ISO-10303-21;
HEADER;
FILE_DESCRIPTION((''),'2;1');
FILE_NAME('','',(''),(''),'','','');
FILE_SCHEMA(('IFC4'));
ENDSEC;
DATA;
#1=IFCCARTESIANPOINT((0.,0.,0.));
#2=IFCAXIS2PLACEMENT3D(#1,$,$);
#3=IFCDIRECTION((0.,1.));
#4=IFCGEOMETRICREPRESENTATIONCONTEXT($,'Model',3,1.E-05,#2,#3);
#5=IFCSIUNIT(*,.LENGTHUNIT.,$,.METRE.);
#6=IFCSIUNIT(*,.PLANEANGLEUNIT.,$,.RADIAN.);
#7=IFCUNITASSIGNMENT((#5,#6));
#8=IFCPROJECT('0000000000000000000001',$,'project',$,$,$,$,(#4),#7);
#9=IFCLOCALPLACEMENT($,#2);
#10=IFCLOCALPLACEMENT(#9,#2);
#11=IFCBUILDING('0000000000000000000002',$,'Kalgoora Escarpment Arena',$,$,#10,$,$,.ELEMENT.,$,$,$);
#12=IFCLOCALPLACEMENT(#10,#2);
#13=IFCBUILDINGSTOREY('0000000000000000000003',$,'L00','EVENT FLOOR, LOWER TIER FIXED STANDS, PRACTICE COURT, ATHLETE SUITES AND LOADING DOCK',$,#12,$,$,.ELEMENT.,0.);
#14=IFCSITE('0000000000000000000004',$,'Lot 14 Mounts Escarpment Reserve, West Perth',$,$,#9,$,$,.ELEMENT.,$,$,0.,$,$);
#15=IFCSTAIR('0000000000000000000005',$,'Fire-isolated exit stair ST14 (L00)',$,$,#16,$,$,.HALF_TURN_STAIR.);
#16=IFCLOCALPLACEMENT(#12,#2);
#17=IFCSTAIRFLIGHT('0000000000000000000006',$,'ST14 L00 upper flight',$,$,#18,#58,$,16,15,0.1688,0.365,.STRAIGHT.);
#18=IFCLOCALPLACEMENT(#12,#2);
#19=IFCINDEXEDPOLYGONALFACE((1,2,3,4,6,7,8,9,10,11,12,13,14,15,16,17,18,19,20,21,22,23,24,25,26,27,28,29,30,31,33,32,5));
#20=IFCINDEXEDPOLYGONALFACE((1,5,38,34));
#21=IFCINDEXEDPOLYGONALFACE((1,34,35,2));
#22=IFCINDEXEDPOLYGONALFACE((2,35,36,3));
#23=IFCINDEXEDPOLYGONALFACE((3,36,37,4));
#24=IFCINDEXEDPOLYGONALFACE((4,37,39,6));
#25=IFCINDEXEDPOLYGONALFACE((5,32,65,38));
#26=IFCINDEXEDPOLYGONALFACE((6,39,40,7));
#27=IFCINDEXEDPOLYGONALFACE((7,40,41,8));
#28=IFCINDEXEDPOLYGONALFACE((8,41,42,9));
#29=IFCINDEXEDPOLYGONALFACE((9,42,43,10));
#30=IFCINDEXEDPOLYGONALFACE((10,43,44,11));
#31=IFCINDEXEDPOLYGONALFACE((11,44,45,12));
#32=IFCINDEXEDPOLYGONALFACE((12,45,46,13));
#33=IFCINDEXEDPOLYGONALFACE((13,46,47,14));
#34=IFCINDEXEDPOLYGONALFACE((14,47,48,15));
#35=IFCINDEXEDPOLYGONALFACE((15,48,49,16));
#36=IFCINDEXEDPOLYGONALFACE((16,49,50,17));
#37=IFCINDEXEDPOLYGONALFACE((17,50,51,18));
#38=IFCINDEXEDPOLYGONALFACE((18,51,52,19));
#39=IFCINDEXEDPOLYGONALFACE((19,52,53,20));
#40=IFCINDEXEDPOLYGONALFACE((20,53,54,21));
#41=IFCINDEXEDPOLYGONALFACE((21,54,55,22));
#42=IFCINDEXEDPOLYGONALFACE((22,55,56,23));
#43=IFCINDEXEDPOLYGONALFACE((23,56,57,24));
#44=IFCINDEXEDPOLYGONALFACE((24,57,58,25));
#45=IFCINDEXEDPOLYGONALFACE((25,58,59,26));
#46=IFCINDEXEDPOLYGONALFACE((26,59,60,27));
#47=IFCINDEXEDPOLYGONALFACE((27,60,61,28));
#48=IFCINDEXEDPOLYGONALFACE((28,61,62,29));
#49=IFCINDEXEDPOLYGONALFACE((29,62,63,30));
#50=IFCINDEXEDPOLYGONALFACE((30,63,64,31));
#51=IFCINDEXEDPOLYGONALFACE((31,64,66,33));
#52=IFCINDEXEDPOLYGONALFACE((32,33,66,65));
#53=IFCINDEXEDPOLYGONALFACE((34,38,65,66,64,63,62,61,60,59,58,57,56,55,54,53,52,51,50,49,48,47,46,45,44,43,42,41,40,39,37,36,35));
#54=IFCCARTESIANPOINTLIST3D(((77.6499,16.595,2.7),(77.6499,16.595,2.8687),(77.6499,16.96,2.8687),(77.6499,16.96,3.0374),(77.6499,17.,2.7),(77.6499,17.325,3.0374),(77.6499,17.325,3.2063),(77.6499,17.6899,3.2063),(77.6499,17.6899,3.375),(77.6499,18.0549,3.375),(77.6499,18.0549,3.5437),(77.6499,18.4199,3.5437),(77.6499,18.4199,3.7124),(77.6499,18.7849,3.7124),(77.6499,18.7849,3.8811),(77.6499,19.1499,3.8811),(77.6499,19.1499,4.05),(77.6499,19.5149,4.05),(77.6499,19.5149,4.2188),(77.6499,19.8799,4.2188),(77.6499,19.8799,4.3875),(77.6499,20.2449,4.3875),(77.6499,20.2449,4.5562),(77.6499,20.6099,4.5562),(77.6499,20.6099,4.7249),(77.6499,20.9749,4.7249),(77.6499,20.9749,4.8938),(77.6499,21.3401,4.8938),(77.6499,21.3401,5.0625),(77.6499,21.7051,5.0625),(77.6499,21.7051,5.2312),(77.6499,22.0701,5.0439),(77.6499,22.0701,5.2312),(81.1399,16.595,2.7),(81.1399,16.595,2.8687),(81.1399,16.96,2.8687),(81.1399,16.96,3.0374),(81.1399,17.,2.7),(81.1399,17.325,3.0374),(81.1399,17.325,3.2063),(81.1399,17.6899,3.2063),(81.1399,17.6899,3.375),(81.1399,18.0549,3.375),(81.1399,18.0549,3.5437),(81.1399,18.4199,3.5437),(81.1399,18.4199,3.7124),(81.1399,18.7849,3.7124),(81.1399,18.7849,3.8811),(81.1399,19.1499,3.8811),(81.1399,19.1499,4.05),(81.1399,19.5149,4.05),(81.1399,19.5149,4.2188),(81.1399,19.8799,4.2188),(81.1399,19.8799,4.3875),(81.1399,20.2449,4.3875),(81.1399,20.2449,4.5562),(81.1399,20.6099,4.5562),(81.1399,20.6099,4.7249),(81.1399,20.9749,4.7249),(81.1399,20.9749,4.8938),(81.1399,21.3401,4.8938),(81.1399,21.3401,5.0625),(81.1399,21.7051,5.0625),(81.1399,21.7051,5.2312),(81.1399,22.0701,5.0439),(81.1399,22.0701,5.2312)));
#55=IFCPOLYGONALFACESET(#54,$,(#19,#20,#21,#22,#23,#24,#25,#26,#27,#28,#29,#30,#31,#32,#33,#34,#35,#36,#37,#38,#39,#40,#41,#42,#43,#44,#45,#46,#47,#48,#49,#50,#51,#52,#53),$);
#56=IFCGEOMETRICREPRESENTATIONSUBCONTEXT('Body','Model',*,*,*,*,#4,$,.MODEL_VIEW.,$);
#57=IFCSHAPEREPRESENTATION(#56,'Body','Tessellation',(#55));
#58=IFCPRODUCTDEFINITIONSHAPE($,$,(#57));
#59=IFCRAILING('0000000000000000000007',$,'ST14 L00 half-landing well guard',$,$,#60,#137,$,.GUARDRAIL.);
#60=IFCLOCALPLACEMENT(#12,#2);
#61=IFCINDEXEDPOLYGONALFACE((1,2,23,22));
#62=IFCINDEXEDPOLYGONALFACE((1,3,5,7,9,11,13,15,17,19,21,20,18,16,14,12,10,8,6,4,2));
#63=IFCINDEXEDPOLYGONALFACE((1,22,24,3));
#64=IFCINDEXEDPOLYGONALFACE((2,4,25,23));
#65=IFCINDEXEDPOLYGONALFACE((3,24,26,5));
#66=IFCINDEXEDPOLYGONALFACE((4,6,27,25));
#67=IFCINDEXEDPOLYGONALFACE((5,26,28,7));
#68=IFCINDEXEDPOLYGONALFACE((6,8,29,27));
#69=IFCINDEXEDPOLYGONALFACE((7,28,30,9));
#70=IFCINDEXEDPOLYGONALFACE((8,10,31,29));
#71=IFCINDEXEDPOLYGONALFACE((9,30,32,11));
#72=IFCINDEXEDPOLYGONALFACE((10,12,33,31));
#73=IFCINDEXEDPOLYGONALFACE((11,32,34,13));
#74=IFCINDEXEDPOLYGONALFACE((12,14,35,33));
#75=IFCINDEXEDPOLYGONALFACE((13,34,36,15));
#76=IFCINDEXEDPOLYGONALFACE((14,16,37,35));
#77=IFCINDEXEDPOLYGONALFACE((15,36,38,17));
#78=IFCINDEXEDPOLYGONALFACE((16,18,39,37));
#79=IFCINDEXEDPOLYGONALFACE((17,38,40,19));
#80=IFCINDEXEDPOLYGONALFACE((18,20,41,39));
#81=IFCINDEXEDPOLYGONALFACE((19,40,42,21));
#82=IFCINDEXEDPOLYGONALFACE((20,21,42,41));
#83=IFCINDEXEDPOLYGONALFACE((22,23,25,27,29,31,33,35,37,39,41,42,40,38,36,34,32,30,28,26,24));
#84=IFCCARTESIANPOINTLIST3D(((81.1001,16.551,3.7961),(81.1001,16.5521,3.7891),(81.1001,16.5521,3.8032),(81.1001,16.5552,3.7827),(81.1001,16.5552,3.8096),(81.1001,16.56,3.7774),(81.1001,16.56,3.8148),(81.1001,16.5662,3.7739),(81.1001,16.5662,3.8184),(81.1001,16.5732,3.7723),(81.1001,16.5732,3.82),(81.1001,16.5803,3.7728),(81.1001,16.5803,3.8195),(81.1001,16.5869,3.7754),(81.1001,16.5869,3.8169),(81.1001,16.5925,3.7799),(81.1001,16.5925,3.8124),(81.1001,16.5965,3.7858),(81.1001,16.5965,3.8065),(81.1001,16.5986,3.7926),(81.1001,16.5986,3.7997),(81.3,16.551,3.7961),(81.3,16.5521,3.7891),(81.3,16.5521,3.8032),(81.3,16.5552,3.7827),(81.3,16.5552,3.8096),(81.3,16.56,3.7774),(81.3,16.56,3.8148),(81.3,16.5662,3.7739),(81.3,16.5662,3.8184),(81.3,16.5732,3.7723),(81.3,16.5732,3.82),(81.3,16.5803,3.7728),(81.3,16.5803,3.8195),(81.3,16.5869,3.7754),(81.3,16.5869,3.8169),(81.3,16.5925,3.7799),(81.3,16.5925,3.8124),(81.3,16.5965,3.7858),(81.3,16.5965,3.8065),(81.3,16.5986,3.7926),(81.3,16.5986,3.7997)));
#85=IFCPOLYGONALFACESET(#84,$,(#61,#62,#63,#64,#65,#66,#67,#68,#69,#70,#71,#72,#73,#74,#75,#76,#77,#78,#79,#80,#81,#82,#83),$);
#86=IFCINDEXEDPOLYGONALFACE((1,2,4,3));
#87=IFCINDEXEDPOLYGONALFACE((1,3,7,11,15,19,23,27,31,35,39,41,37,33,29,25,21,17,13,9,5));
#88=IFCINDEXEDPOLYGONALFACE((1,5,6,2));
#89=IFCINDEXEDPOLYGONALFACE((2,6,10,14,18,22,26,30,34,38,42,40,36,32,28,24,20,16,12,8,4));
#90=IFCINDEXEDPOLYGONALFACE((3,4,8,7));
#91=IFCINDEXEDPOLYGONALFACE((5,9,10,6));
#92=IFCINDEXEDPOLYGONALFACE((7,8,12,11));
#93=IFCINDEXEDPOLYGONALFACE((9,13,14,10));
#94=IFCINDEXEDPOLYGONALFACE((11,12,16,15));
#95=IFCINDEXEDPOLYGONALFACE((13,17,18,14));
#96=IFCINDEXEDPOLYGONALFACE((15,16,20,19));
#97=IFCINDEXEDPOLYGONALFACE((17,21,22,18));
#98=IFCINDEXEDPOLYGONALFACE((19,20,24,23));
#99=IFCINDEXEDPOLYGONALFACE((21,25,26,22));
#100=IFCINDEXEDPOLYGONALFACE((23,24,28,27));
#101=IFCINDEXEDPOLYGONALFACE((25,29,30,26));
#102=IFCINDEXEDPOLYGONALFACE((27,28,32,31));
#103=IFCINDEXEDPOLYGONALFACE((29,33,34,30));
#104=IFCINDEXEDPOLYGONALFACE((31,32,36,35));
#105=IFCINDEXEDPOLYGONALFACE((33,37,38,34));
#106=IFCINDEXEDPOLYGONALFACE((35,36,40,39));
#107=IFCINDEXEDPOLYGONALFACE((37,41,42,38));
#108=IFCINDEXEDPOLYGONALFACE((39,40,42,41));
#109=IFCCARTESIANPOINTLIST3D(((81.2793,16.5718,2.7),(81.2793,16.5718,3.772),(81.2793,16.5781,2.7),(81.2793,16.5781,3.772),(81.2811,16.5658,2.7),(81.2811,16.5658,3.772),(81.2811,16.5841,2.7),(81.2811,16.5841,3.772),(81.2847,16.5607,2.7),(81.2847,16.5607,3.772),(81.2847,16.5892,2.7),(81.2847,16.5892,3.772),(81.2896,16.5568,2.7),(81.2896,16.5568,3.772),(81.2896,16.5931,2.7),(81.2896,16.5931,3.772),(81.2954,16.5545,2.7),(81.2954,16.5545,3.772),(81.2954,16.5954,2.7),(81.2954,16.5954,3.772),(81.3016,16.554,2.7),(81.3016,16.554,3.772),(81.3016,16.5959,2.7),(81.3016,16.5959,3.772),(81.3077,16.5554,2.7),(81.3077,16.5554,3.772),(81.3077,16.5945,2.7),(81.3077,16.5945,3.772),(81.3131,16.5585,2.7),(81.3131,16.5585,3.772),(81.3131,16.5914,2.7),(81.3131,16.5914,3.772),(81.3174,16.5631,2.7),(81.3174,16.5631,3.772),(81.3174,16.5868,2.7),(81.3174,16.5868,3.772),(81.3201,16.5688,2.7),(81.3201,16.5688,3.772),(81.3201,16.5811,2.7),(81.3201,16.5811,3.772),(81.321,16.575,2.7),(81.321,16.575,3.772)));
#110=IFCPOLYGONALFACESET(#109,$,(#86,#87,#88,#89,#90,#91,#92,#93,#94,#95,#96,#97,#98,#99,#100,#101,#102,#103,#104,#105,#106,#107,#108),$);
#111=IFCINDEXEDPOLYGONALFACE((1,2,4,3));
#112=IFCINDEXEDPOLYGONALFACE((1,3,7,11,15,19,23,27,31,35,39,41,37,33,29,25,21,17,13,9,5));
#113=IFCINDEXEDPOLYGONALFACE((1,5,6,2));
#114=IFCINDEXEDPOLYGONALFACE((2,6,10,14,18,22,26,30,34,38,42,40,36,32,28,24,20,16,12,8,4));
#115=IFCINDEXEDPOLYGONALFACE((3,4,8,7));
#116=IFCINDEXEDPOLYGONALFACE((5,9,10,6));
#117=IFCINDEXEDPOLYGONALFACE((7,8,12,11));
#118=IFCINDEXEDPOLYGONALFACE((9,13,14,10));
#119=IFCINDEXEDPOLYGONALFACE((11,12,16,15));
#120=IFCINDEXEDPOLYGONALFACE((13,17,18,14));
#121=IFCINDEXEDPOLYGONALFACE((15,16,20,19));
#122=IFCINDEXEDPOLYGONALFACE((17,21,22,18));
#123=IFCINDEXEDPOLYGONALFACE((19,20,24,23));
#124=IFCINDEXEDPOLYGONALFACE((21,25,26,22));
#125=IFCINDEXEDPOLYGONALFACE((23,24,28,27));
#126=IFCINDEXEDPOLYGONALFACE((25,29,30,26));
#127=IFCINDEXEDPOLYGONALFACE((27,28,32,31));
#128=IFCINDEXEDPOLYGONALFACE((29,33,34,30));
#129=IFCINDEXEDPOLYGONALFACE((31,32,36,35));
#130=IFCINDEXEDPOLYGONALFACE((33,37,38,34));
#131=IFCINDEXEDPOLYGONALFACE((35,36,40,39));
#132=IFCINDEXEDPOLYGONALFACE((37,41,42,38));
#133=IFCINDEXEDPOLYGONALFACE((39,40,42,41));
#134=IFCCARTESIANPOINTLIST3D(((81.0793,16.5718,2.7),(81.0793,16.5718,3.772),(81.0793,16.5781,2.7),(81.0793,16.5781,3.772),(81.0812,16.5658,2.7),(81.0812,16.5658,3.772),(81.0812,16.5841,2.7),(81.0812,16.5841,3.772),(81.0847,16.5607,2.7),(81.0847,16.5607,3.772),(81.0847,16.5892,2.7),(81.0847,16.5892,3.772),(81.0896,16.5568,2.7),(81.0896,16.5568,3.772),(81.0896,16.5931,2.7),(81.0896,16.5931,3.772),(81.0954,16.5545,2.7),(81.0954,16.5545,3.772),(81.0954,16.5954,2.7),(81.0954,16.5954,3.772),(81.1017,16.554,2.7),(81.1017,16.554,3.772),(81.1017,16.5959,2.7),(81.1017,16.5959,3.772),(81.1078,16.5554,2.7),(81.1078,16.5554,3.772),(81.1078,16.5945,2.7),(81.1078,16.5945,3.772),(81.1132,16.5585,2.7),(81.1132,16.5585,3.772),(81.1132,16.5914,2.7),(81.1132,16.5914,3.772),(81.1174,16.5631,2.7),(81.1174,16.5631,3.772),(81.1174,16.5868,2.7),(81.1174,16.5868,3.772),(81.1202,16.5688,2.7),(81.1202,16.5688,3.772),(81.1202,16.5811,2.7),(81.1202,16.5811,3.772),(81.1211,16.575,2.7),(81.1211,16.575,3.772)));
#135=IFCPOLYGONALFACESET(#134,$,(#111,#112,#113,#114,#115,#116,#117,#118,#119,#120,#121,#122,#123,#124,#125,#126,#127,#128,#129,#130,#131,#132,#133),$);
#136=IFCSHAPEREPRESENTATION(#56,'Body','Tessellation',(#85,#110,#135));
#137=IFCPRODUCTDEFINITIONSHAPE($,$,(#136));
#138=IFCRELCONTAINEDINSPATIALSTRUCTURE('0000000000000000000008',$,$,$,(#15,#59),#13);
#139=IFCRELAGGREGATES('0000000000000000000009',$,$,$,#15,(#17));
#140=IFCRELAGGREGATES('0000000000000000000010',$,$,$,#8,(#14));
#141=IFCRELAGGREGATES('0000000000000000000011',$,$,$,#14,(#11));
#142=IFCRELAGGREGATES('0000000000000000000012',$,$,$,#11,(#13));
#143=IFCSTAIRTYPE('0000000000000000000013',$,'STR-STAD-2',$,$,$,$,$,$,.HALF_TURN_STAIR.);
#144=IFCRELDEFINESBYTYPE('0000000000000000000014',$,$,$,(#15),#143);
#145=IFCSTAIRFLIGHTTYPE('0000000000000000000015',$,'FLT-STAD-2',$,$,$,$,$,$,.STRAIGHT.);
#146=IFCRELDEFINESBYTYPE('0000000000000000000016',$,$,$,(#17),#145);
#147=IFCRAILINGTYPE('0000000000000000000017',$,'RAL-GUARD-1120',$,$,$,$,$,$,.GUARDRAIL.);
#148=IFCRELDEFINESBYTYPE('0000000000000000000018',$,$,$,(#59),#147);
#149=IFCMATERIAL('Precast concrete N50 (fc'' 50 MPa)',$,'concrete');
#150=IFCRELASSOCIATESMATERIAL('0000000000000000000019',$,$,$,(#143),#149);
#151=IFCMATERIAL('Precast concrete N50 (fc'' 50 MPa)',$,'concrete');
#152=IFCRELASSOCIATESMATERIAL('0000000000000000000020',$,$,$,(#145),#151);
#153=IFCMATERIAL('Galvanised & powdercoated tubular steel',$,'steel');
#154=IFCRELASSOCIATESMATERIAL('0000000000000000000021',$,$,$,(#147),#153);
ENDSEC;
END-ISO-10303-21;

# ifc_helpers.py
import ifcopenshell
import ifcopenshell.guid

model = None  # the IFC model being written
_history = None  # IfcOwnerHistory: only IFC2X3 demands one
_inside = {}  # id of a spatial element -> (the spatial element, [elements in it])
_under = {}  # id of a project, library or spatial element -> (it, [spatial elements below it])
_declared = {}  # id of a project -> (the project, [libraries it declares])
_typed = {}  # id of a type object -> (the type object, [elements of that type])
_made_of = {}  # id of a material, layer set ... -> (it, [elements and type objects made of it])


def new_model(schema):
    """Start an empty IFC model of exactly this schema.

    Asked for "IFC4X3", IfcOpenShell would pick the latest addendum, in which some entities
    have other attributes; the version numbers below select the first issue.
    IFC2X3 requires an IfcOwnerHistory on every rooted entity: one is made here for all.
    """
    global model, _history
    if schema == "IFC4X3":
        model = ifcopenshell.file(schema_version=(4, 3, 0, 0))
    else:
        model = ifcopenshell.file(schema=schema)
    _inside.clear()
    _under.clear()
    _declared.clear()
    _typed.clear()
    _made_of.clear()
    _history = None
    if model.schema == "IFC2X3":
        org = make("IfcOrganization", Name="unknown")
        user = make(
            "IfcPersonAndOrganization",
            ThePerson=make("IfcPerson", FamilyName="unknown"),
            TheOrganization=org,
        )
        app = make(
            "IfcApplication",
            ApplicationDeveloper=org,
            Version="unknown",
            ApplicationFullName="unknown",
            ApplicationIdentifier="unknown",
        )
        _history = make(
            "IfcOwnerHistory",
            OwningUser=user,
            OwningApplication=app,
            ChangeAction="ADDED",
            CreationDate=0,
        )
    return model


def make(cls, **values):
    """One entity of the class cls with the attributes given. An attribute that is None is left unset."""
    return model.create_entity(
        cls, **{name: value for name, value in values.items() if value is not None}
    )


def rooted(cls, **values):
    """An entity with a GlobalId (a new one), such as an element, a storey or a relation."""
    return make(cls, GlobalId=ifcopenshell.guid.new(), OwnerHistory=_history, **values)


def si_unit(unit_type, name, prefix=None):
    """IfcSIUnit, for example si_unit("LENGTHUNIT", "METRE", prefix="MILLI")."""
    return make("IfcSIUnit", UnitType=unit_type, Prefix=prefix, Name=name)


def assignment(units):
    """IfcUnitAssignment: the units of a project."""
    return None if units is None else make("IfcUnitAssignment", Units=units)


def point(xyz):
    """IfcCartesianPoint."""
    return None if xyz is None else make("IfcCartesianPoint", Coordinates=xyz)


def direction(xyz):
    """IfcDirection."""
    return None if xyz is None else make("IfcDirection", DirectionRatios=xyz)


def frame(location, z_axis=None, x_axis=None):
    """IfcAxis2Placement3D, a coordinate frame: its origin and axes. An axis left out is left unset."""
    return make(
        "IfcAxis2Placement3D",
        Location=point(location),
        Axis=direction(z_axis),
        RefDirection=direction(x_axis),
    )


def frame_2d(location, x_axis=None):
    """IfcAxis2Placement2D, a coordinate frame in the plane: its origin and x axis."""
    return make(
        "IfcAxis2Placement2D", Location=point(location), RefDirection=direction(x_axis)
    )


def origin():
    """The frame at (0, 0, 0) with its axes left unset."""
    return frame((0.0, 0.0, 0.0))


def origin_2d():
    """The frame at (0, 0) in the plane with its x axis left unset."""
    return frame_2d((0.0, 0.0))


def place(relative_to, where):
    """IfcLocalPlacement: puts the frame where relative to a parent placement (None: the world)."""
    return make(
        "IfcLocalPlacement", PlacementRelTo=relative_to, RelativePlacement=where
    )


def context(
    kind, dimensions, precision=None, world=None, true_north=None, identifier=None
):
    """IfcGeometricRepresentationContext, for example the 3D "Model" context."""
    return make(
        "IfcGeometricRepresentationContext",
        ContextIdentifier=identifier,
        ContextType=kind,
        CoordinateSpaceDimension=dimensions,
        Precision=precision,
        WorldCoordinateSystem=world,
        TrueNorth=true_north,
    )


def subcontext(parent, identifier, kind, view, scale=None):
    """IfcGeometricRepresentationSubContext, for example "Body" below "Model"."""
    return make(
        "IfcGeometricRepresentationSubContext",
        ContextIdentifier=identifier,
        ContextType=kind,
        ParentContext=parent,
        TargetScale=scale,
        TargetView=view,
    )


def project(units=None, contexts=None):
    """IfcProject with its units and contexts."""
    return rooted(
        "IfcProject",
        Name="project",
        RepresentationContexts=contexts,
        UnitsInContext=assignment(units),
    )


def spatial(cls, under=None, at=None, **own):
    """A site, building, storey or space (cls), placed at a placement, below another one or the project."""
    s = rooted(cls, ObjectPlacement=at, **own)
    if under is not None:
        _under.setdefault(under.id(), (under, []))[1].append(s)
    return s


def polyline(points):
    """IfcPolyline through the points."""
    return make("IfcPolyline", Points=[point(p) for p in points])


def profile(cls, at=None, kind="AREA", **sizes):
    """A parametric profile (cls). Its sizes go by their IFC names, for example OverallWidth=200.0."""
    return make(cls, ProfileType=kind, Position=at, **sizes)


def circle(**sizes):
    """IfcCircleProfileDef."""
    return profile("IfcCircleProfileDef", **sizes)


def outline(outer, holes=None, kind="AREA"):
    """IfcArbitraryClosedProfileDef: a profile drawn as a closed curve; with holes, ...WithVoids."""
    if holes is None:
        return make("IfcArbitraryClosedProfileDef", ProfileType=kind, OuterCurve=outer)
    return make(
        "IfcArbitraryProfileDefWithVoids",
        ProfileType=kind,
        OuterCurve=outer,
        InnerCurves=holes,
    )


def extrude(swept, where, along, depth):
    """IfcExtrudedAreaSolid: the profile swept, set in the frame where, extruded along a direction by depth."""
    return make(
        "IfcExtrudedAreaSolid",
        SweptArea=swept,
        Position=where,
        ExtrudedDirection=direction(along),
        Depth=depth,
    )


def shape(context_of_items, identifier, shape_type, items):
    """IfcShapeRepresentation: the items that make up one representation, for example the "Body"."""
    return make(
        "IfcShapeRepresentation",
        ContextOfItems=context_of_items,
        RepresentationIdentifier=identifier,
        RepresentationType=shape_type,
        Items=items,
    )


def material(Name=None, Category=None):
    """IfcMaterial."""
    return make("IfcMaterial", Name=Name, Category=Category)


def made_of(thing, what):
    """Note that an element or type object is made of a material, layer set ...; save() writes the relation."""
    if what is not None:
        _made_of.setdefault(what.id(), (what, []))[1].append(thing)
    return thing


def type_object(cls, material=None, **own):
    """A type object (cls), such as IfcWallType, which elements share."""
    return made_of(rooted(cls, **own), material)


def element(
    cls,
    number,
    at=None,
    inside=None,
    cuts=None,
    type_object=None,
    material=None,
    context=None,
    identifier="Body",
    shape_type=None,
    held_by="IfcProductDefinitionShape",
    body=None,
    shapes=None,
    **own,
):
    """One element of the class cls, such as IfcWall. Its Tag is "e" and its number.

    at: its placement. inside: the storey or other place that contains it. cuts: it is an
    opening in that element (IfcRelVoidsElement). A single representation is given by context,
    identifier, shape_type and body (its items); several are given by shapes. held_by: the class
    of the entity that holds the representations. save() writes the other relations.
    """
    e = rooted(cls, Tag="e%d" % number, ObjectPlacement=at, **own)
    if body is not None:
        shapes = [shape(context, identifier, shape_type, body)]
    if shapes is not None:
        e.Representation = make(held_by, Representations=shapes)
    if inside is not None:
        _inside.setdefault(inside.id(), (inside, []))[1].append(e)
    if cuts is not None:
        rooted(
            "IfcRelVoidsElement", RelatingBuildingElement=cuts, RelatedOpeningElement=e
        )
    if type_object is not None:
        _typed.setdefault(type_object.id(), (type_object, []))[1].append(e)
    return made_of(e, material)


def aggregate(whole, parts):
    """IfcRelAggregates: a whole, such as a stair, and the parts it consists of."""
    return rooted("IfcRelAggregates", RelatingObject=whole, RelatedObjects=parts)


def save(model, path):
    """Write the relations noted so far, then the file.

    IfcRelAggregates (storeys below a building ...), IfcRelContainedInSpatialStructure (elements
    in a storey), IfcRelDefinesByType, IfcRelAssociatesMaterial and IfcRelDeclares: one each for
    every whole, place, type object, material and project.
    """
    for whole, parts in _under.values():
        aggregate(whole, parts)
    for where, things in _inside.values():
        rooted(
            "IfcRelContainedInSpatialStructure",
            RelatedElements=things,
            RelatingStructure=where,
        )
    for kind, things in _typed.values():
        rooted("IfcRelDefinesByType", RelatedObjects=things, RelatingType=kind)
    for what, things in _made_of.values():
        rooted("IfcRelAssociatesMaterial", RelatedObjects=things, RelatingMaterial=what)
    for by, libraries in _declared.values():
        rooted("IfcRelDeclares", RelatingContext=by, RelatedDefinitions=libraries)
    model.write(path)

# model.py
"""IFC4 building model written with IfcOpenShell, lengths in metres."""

from ifc_helpers import new_model, si_unit, direction, frame, origin, origin_2d, place, context, subcontext, project, spatial, polyline, circle, outline, extrude, material, type_object, element, aggregate, save


model = new_model("IFC4")

# Units and contexts
model_context = context("Model", 3, precision=1e-05, world=origin(), true_north=direction((0.0, 1.0)))
body_context = subcontext(model_context, "Body", "Model", "MODEL_VIEW")
ifc_project = project(units=[si_unit("LENGTHUNIT", "METRE"), si_unit("PLANEANGLEUNIT", "RADIAN")], contexts=[model_context])

# Site, building, storey
site_placement = place(None, origin())
site = spatial("IfcSite", under=ifc_project, at=site_placement, Name="Lot 14 Mounts Escarpment Reserve, West Perth", CompositionType="ELEMENT", RefElevation=0.0)
building_placement = place(site_placement, origin())
building = spatial("IfcBuilding", under=site, at=building_placement, Name="Kalgoora Escarpment Arena", CompositionType="ELEMENT")
storey_placement = place(building_placement, origin())
storey = spatial("IfcBuildingStorey", under=building, at=storey_placement, Name="L00", Description="EVENT FLOOR, LOWER TIER FIXED STANDS, PRACTICE COURT, ATHLETE SUITES AND LOADING DOCK", CompositionType="ELEMENT", Elevation=0.0)

# Stair, stair flight
ifc_material_1 = material(Name="Precast concrete N50 (fc' 50 MPa)", Category="concrete")
stair_type = type_object("IfcStairType", Name="STR-STAD-2", PredefinedType="HALF_TURN_STAIR", material=ifc_material_1)
stair_placement = place(storey_placement, origin())
stair = element("IfcStair", 1, at=stair_placement, inside=storey, type_object=stair_type, Name="Fire-isolated exit stair ST14 (L00)", PredefinedType="HALF_TURN_STAIR")
ifc_material_2 = material(Name="Precast concrete N50 (fc' 50 MPa)", Category="concrete")
stair_flight_type = type_object("IfcStairFlightType", Name="FLT-STAD-2", PredefinedType="STRAIGHT", material=ifc_material_2)
stair_flight_1_placement = place(storey_placement, frame((79.395, 16.595, 2.7), z_axis=(0.0, 0.0, 1.0), x_axis=(0.0, 1.0, 0.0)))
stair_flight_1 = element("IfcStairFlight", 2, at=stair_flight_1_placement, type_object=stair_flight_type, Name="ST14 L00 upper flight", NumberOfRisers=16, NumberOfTreads=15, PredefinedType="STRAIGHT", RiserHeight=0.1688, TreadLength=0.365, context=body_context, shape_type="SweptSolid", body=[
    extrude(outline(polyline([(0.0, 0.0), (0.0, 0.1687), (0.365, 0.1687), (0.365, 0.3374), (0.73, 0.3374), (0.73, 0.5063), (1.095, 0.5063), (1.095, 0.675), (1.46, 0.675), (1.46, 0.8438), (1.825, 0.8438), (1.825, 1.0125), (2.1899, 1.0125), (2.1899, 1.1812), (2.5549, 1.1812), (2.5549, 1.3501), (2.9199, 1.3501), (2.9199, 1.5188), (3.2849, 1.5188), (3.2849, 1.6875), (3.6499, 1.6875), (3.6499, 1.8562), (4.0149, 1.8562), (4.0149, 2.0249), (4.3799, 2.0249), (4.3799, 2.1938), (4.7451, 2.1938), (4.7451, 2.3625), (5.1101, 2.3625), (5.1101, 2.5312), (5.4751, 2.5312), (5.4751, 2.7), (5.4751, 2.344), (0.405, 0.0), (0.0, 0.0)])), frame((0.0, 1.7451, 0.0), z_axis=(0.0, -1.0, 0.0), x_axis=(1.0, 0.0, 0.0)), (0.0, 0.0, 1.0), 3.49),
])
aggregate(stair, [stair_flight_1])

# Railing
ifc_material_3 = material(Name="Galvanised & powdercoated tubular steel", Category="steel")
railing_type_1 = type_object("IfcRailingType", Name="RAL-GUARD-1120", PredefinedType="GUARDRAIL", material=ifc_material_3)
railing_placement = place(storey_placement, frame((81.3, 16.575, 2.7)))
element("IfcRailing", 3, at=railing_placement, inside=storey, type_object=railing_type_1, Name="ST14 L00 half-landing well guard", PredefinedType="GUARDRAIL", context=body_context, shape_type="SweptSolid", body=[
    extrude(circle(Radius=0.0239, at=origin_2d()), frame((0.0, 0.0, 1.0962), z_axis=(-1.0, 0.0, 0.0), x_axis=(0.0, -1.0, 0.0)), (0.0, 0.0, 1.0), 0.2),
    extrude(circle(Radius=0.021, at=origin_2d()), origin(), (0.0, 0.0, 1.0), 1.072),
    extrude(circle(Radius=0.021, at=origin_2d()), frame((-0.2, 0.0, 0.0)), (0.0, 0.0, 1.0), 1.072),
])

save(model, "model.ifc")
